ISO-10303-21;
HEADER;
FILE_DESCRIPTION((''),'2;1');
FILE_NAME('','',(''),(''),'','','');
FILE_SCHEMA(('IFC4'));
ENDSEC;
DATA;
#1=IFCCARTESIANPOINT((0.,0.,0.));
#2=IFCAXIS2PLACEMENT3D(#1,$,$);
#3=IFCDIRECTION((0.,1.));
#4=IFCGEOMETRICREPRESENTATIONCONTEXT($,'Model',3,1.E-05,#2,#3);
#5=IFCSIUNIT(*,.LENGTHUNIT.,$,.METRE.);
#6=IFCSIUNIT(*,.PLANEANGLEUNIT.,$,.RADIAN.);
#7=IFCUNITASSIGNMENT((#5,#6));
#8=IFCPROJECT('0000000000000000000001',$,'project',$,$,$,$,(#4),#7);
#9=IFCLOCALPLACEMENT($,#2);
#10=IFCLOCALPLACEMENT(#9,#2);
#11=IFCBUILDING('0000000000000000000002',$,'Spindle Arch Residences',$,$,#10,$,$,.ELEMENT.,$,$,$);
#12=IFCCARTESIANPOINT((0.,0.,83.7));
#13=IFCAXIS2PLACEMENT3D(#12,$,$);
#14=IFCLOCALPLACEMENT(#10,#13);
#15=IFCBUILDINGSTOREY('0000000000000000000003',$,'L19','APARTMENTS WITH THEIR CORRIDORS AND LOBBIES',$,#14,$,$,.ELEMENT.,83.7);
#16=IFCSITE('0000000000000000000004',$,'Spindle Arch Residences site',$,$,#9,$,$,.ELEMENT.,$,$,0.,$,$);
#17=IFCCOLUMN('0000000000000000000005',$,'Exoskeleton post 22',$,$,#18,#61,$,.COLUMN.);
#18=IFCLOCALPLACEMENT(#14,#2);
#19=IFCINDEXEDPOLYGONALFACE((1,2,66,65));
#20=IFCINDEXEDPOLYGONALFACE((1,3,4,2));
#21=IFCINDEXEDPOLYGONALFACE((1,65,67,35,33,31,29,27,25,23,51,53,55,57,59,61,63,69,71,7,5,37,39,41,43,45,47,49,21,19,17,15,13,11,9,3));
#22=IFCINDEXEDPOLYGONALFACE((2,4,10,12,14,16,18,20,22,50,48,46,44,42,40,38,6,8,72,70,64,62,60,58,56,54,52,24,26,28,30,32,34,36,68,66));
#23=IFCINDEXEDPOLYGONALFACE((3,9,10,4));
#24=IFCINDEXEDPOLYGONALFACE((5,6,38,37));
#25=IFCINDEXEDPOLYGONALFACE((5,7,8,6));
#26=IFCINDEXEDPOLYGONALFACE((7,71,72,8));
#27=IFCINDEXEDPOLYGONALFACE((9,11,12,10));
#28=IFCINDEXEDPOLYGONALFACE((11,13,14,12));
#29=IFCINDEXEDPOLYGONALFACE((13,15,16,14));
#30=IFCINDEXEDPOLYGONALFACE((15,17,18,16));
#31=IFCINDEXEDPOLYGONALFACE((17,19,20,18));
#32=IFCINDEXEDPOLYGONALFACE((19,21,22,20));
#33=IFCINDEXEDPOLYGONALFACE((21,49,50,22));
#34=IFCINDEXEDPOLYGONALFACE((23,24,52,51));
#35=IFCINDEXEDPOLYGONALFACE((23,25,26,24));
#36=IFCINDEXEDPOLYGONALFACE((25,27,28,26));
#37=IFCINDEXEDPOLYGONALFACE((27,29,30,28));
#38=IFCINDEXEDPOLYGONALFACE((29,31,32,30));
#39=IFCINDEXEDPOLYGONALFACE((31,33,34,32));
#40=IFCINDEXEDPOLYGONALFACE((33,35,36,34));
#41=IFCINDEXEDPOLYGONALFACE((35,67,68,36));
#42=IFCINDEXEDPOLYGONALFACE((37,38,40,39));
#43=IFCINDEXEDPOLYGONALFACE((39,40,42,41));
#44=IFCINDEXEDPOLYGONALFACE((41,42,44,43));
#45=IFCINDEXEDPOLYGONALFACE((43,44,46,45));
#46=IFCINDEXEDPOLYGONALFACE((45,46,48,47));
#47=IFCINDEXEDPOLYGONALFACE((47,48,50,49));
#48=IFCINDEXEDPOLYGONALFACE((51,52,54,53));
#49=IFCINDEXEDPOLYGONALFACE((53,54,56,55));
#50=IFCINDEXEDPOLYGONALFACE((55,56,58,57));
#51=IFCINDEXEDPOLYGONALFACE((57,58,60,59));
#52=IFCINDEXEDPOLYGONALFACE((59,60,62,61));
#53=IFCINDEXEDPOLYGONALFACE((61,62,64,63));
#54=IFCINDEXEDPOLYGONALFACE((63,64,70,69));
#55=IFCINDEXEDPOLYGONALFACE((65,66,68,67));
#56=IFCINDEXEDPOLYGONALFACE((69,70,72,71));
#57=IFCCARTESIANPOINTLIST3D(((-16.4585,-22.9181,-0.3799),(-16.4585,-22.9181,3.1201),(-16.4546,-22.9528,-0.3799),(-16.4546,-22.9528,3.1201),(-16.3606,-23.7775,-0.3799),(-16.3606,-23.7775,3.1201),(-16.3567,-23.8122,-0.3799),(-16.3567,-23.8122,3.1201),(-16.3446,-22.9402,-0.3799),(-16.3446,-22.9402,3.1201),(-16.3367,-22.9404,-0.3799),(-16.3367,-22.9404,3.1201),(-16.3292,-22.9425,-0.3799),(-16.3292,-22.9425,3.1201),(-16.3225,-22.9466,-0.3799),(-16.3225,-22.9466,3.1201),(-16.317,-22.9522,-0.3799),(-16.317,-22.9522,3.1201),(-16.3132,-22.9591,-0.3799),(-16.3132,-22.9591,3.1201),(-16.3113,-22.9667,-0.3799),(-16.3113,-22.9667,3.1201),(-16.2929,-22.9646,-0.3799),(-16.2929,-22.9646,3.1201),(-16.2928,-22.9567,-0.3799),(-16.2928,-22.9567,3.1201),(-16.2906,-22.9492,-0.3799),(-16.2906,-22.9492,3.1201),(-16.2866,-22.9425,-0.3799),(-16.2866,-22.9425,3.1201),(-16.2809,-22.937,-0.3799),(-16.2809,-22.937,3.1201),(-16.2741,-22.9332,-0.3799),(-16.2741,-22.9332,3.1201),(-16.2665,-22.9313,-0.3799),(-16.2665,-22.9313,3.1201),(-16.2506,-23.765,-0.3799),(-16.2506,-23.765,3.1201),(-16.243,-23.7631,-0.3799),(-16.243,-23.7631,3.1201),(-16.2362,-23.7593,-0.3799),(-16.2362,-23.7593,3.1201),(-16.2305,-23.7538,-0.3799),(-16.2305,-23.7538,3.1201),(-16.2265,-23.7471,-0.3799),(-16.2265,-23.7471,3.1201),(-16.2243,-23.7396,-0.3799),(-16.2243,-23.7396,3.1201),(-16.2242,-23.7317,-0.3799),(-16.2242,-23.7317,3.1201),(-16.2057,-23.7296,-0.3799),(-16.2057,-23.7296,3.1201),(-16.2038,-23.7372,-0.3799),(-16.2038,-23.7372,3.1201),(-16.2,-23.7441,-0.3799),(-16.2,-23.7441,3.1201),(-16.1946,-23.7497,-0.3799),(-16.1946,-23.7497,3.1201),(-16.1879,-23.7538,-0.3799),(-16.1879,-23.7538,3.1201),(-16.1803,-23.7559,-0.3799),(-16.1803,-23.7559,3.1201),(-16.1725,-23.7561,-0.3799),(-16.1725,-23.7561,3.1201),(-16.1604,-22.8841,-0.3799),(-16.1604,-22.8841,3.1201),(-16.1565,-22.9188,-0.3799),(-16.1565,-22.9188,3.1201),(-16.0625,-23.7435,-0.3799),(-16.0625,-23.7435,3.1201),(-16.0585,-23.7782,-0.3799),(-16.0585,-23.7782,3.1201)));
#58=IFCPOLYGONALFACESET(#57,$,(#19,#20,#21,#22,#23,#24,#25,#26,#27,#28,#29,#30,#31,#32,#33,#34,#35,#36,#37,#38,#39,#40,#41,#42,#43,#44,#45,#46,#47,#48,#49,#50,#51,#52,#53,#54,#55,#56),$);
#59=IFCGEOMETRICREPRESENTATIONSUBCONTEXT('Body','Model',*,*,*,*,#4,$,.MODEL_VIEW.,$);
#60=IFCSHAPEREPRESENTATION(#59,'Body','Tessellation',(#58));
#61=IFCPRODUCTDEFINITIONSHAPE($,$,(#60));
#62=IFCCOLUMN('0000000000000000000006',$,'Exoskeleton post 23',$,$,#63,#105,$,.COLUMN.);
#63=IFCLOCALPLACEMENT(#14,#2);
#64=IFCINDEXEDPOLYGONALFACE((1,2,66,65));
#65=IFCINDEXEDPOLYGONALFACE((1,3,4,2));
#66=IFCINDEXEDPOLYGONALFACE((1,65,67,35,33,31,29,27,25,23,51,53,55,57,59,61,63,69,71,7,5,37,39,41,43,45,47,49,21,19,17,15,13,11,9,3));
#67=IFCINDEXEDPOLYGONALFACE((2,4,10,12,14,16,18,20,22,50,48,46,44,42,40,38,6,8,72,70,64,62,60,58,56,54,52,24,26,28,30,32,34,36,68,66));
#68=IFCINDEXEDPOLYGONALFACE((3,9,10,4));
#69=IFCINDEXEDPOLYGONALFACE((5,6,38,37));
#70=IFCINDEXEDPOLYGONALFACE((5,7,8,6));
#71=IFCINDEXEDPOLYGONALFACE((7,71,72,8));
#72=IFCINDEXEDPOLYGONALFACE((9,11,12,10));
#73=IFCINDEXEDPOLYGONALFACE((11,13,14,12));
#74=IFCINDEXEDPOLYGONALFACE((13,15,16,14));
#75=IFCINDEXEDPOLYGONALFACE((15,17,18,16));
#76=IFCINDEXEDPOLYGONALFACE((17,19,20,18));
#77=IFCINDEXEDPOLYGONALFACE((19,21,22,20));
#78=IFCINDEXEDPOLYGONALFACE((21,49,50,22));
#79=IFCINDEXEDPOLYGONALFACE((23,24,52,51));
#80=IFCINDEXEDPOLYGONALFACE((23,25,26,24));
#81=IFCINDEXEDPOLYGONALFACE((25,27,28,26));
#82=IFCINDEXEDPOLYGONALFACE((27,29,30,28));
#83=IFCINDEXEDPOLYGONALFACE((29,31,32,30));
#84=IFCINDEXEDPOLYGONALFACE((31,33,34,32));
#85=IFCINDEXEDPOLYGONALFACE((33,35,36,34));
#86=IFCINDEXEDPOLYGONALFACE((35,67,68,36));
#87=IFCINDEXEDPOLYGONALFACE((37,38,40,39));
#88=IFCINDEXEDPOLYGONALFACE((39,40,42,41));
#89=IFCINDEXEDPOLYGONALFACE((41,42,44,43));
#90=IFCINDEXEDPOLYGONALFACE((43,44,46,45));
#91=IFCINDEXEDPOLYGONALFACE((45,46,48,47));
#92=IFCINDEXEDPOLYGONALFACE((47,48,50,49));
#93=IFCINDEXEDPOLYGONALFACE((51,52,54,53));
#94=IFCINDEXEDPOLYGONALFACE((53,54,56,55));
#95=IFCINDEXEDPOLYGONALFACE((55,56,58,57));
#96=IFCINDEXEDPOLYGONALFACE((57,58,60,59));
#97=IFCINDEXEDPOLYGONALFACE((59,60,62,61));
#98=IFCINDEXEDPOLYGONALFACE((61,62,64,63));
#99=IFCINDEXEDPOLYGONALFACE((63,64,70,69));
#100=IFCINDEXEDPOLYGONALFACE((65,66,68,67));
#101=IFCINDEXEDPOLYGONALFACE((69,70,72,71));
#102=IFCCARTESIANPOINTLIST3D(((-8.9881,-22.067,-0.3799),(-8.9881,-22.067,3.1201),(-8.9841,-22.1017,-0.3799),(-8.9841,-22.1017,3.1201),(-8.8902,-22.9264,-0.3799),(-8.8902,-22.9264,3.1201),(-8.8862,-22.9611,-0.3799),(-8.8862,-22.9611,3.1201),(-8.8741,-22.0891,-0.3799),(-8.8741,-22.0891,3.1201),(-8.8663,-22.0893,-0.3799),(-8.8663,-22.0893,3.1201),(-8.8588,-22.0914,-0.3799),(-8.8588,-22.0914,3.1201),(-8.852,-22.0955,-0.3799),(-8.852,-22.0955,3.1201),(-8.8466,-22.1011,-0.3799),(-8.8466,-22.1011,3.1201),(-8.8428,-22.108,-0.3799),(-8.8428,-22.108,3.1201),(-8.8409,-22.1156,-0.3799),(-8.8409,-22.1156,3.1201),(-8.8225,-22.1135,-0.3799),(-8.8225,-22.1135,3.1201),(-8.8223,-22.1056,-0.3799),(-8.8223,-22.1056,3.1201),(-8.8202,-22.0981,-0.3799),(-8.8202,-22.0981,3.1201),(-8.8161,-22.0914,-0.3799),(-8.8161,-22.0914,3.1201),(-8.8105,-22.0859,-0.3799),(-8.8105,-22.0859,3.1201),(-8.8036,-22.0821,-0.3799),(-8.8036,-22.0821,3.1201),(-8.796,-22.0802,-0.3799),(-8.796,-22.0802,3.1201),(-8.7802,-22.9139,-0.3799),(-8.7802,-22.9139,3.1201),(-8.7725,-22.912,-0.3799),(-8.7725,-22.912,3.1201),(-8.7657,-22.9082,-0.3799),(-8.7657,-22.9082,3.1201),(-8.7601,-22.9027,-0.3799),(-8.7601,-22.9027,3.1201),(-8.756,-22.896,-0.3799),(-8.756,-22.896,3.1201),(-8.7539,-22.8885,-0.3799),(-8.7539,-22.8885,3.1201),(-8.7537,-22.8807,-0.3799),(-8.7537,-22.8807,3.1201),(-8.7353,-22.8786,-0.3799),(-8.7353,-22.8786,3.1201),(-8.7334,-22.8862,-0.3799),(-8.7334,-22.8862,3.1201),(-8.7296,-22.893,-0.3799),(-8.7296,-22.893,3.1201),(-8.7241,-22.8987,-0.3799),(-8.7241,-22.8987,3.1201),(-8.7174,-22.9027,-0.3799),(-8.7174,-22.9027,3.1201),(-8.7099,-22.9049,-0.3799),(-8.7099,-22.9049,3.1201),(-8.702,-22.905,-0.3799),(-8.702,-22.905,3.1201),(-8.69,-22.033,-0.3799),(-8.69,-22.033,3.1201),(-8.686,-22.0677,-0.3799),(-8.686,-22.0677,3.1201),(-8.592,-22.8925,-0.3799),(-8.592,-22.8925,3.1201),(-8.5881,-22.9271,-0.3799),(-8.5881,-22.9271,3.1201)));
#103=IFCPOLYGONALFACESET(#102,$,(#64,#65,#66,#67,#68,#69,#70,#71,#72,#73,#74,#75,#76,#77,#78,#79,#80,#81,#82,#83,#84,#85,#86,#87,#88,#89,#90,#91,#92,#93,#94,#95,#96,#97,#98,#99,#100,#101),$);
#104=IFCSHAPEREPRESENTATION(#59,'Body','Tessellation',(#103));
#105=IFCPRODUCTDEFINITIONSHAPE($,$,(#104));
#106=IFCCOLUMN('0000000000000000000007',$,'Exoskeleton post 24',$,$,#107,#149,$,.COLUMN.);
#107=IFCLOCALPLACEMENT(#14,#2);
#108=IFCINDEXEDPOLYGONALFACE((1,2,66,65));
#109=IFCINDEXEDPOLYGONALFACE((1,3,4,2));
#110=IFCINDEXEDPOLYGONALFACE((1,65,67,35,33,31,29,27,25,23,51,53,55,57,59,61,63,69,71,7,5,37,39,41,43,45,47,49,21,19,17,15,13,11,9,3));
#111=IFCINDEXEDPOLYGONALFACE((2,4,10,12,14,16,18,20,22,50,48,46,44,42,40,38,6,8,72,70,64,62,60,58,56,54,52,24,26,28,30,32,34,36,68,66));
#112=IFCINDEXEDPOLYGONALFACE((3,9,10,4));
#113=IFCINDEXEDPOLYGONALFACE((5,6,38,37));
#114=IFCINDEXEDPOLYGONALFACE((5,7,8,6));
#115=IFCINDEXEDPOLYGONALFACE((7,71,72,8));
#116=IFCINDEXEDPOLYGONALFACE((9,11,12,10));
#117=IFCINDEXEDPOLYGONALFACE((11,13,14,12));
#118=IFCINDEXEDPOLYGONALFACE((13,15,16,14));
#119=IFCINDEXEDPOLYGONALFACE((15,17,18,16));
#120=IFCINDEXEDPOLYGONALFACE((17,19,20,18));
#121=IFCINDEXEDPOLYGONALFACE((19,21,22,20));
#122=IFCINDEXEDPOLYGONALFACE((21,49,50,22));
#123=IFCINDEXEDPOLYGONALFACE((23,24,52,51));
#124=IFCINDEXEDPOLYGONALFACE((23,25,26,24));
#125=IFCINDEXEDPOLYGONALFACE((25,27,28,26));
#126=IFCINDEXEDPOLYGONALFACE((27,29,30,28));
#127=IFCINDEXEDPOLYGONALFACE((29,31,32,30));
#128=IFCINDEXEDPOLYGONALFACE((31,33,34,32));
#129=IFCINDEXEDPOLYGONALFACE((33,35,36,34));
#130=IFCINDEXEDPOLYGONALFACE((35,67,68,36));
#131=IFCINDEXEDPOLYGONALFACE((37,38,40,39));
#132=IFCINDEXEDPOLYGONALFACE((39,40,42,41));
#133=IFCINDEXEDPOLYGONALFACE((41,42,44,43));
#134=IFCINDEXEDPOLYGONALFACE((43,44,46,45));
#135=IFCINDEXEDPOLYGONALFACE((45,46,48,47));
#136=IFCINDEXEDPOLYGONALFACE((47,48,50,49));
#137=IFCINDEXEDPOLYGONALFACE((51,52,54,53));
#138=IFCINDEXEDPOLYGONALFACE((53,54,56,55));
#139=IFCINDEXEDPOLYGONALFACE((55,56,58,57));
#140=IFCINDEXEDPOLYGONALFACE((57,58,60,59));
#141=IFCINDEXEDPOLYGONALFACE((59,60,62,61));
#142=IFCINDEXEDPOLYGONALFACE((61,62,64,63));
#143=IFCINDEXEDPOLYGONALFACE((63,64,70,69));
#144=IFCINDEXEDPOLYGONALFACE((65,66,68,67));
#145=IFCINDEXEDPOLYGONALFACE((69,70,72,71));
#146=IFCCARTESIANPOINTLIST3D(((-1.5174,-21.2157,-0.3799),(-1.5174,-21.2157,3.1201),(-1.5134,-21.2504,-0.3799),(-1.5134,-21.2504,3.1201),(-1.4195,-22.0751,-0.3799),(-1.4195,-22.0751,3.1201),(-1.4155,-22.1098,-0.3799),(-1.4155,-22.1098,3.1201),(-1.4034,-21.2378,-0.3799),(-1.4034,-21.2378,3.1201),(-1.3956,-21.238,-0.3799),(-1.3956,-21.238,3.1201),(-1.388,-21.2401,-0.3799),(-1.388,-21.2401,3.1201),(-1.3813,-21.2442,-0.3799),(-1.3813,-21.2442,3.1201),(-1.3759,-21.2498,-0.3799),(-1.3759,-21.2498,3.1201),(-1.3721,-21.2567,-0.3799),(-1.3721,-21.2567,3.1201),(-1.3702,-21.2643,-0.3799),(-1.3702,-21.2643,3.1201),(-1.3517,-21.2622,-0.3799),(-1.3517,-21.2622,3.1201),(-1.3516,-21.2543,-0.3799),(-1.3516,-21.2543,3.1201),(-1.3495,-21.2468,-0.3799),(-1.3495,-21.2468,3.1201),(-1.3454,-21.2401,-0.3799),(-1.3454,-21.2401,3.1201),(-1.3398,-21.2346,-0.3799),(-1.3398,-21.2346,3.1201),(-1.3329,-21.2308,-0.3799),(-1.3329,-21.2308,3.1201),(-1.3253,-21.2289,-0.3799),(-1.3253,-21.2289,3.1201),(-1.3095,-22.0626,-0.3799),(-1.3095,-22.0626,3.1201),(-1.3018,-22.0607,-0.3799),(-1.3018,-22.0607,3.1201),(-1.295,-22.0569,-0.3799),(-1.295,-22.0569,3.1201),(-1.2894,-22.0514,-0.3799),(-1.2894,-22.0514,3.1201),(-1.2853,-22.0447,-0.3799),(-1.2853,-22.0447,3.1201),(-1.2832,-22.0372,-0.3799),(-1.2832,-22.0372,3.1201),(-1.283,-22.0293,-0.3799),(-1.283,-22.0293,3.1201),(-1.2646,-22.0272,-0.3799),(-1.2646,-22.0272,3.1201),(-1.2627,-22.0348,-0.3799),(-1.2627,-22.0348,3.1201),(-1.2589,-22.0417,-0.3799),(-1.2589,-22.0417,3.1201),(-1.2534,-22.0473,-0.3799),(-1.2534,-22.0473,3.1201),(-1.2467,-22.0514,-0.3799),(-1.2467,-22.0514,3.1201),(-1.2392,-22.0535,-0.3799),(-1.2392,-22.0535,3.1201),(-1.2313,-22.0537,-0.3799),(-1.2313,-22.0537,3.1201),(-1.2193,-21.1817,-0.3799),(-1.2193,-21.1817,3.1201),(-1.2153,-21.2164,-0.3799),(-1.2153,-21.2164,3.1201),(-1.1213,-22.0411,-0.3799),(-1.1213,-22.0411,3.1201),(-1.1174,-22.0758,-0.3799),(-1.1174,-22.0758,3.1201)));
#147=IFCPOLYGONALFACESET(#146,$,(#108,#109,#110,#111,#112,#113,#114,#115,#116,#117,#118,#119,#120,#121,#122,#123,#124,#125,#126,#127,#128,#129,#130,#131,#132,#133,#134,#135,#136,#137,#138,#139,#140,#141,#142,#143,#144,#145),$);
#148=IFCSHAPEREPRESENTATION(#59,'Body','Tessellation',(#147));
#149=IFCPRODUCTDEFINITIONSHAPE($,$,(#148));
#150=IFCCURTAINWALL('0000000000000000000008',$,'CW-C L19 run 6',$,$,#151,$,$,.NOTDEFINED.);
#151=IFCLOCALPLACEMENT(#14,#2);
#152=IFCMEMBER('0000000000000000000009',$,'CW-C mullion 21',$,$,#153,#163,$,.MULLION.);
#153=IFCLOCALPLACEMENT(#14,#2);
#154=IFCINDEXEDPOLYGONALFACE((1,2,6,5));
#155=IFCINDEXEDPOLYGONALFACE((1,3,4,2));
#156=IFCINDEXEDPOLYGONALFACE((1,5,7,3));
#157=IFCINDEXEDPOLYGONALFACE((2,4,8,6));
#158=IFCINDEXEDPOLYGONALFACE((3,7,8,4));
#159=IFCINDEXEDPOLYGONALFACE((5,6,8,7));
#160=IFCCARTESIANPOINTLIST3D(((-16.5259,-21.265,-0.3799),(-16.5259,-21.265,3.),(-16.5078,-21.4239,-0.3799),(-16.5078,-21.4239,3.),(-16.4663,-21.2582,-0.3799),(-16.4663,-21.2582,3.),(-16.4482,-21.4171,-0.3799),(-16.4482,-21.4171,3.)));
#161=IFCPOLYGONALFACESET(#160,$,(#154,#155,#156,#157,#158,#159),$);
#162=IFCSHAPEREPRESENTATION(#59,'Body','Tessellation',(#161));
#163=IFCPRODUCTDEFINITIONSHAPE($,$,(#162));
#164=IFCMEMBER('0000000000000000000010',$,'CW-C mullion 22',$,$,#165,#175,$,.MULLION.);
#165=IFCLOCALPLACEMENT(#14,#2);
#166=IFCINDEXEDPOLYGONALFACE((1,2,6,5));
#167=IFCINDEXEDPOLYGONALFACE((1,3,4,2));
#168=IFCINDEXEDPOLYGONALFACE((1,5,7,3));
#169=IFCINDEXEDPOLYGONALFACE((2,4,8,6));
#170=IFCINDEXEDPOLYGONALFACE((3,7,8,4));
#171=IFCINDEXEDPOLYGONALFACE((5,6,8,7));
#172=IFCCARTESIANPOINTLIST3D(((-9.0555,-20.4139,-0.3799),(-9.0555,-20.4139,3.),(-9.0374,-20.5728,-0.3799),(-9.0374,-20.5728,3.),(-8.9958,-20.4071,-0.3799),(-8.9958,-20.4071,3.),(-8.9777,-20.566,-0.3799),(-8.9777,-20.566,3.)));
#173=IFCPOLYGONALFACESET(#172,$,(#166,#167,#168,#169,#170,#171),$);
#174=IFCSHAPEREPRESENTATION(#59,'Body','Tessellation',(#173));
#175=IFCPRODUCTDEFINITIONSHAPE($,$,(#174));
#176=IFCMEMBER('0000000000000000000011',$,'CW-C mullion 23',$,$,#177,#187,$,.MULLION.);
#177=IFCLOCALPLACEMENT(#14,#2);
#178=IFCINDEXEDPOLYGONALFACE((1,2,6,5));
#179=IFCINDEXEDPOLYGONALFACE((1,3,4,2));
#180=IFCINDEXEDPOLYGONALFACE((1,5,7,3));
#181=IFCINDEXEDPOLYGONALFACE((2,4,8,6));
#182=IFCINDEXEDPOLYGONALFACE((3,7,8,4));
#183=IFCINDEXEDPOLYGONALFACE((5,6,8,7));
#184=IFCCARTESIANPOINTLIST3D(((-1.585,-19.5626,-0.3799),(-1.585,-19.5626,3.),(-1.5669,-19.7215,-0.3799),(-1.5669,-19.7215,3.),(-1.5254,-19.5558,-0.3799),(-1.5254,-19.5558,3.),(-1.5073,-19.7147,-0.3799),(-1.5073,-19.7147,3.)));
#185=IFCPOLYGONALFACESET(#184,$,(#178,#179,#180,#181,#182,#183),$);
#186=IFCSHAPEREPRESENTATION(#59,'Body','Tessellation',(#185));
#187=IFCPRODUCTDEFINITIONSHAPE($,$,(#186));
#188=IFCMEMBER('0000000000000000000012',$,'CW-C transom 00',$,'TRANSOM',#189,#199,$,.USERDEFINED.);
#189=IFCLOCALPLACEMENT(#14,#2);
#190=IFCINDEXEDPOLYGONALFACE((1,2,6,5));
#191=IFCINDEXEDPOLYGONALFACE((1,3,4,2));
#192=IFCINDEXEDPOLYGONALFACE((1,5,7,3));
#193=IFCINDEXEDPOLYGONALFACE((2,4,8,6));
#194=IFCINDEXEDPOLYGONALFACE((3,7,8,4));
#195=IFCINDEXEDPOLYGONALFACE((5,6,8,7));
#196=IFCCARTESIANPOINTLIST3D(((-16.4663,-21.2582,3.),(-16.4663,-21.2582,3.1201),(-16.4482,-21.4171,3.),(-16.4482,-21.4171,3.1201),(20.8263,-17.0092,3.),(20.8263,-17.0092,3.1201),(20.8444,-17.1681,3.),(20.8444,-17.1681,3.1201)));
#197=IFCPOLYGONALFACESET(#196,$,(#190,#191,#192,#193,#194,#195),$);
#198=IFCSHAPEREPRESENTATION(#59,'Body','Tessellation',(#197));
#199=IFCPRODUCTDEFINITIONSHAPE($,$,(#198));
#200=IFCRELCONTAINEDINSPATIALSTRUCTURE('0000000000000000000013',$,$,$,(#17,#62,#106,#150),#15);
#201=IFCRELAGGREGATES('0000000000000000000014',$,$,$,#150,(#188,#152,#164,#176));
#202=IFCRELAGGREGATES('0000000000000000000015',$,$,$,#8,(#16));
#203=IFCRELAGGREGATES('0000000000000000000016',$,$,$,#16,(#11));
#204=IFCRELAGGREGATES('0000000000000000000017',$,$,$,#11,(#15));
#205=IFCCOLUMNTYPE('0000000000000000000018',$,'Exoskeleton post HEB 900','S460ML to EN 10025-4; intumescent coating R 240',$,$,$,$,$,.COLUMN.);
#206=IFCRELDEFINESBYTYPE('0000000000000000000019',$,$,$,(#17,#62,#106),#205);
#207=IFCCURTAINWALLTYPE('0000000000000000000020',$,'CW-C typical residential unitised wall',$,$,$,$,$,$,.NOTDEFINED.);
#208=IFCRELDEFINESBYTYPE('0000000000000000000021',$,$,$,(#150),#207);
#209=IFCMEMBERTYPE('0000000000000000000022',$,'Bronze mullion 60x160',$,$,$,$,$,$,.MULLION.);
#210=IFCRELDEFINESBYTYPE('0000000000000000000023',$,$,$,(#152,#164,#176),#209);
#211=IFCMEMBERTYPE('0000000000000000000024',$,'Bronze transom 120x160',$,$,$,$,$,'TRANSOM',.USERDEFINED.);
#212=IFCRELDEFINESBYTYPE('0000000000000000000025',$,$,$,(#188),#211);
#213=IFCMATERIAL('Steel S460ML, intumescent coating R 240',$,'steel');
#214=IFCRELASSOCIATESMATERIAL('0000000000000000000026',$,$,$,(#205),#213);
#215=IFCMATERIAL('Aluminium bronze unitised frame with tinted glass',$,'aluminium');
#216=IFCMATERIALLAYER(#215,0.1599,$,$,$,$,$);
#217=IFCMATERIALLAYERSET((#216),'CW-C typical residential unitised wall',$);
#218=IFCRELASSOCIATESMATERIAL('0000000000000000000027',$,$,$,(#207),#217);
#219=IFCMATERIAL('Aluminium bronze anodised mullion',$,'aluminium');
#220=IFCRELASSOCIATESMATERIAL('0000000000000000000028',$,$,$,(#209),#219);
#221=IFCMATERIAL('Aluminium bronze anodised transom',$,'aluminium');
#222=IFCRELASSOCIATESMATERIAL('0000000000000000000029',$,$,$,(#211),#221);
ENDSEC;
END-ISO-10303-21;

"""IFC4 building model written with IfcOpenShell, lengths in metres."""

from ifc_helpers import new_model, si_unit, direction, frame, origin, origin_2d, place, context, subcontext, project, spatial, rectangle, i_section, extrude, material, layer, layer_set, material_profile, profile_set, type_object, element, aggregate, save


model = new_model("IFC4")

# Units and contexts
model_context = context("Model", 3, precision=1e-05, world=origin(), true_north=direction((0.0, 1.0)))
body_context = subcontext(model_context, "Body", "Model", "MODEL_VIEW")
ifc_project = project(units=[si_unit("LENGTHUNIT", "METRE"), si_unit("PLANEANGLEUNIT", "RADIAN")], contexts=[model_context])

# Site, building, storey
site_placement = place(None, origin())
site = spatial("IfcSite", under=ifc_project, at=site_placement, Name="Spindle Arch Residences site", CompositionType="ELEMENT", RefElevation=0.0)
building_placement = place(site_placement, origin())
building = spatial("IfcBuilding", under=site, at=building_placement, Name="Spindle Arch Residences", CompositionType="ELEMENT")
storey_placement = place(building_placement, frame((0.0, 0.0, 83.7)))
storey = spatial("IfcBuildingStorey", under=building, at=storey_placement, Name="L19", Description="APARTMENTS WITH THEIR CORRIDORS AND LOBBIES", CompositionType="ELEMENT", Elevation=83.7)

# Columns
ifc_material_1 = material(Name="Steel S460ML, intumescent coating R 240", Category="steel")
ifc_material_profile_1 = material_profile(ifc_material_1, i_section(OverallWidth=0.3, OverallDepth=0.8999, WebThickness=0.0186, FlangeThickness=0.0349, FilletRadius=0.03, at=origin_2d()), Name="HEB 900")
ifc_profile_set_1 = profile_set([ifc_material_profile_1], Name="Steel S460ML, intumescent coating R 240")
column_type = type_object("IfcColumnType", Name="Exoskeleton post HEB 900", Description="S460ML to EN 10025-4; intumescent coating R 240", PredefinedType="COLUMN", material=ifc_profile_set_1)
for number, where, z_axis, x_axis, name in (
    (1, (-16.2585, -23.3481, -0.3799), (0.0, 0.0, 1.0), (-0.993572, -0.113203, 0.0), "Exoskeleton post 22"),
    (2, (-8.7881, -22.4971, -0.3799), (0.0, 0.0, 1.0), (-0.993572, -0.113203, 0.0), "Exoskeleton post 23"),
    (3, (-1.3174, -21.6458, -0.3799), (0.0, 0.0, 1.0), (-0.993572, -0.113203, 0.0), "Exoskeleton post 24"),
):
    element("IfcColumn", number, at=place(storey_placement, frame(where, z_axis=z_axis, x_axis=x_axis)), inside=storey, type_object=column_type, Name=name, PredefinedType="COLUMN", context=body_context, shape_type="SweptSolid", body=[
        extrude(i_section(OverallWidth=0.3, OverallDepth=0.8999, WebThickness=0.0186, FlangeThickness=0.0349, FilletRadius=0.03, at=origin_2d()), origin(), (0.0, 0.0, 1.0), 3.5),
    ])

# Curtain wall, members
ifc_material_2 = material(Name="Aluminium bronze unitised frame with tinted glass", Category="aluminium")
ifc_layer_1 = layer(ifc_material_2, 0.1599)
ifc_layer_set_1 = layer_set([ifc_layer_1], Name="CW-C typical residential unitised wall")
curtain_wall_type = type_object("IfcCurtainWallType", Name="CW-C typical residential unitised wall", PredefinedType="NOTDEFINED", material=ifc_layer_set_1)
curtain_wall_placement = place(storey_placement, origin())
curtain_wall = element("IfcCurtainWall", 4, at=curtain_wall_placement, inside=storey, type_object=curtain_wall_type, Name="CW-C L19 run 6", PredefinedType="NOTDEFINED")
ifc_material_3 = material(Name="Aluminium bronze anodised mullion", Category="aluminium")
ifc_material_profile_2 = material_profile(ifc_material_3, rectangle(XDim=0.1599, YDim=0.0601, at=origin_2d()), Name="MU 60x160")
ifc_profile_set_2 = profile_set([ifc_material_profile_2], Name="Aluminium bronze anodised mullion")
member_type_1 = type_object("IfcMemberType", Name="Bronze mullion 60x160", PredefinedType="MULLION", material=ifc_profile_set_2)
member_1_placement = place(storey_placement, frame((-16.4871, -21.3411, -0.3799), z_axis=(0.0, 0.0, 1.0), x_axis=(-0.113203, 0.993572, 0.0)))
member_1 = element("IfcMember", 5, at=member_1_placement, type_object=member_type_1, Name="CW-C mullion 21", PredefinedType="MULLION", context=body_context, shape_type="SweptSolid", body=[
    extrude(rectangle(XDim=0.1599, YDim=0.0601, at=origin_2d()), origin(), (0.0, 0.0, 1.0), 3.3799),
])
member_2_placement = place(storey_placement, frame((-9.0166, -20.49, -0.3799), z_axis=(0.0, 0.0, 1.0), x_axis=(-0.113203, 0.993572, 0.0)))
member_2 = element("IfcMember", 6, at=member_2_placement, type_object=member_type_1, Name="CW-C mullion 22", PredefinedType="MULLION", context=body_context, shape_type="SweptSolid", body=[
    extrude(rectangle(XDim=0.1599, YDim=0.0601, at=origin_2d()), origin(), (0.0, 0.0, 1.0), 3.3799),
])
member_3_placement = place(storey_placement, frame((-1.5461, -19.6387, -0.3799), z_axis=(0.0, 0.0, 1.0), x_axis=(-0.113203, 0.993572, 0.0)))
member_3 = element("IfcMember", 7, at=member_3_placement, type_object=member_type_1, Name="CW-C mullion 23", PredefinedType="MULLION", context=body_context, shape_type="SweptSolid", body=[
    extrude(rectangle(XDim=0.1599, YDim=0.0601, at=origin_2d()), origin(), (0.0, 0.0, 1.0), 3.3799),
])
ifc_material_4 = material(Name="Aluminium bronze anodised transom", Category="aluminium")
ifc_material_profile_3 = material_profile(ifc_material_4, rectangle(XDim=0.1599, YDim=0.1201, at=origin_2d()), Name="TR 120x160")
ifc_profile_set_3 = profile_set([ifc_material_profile_3], Name="Aluminium bronze anodised transom")
member_type_2 = type_object("IfcMemberType", Name="Bronze transom 120x160", ElementType="TRANSOM", PredefinedType="USERDEFINED", material=ifc_profile_set_3)
member_4_placement = place(storey_placement, frame((-16.4573, -21.3376, 3.0601), z_axis=(0.993572, 0.113205, 0.0), x_axis=(-0.113205, 0.993572, 0.0)))
member_4 = element("IfcMember", 8, at=member_4_placement, type_object=member_type_2, Name="CW-C transom 00", ObjectType="TRANSOM", PredefinedType="USERDEFINED", context=body_context, shape_type="SweptSolid", body=[
    extrude(rectangle(XDim=0.1599, YDim=0.1201, at=origin_2d()), origin(), (0.0, 0.0, 1.0), 37.5339),
])

aggregate(curtain_wall, [member_4, member_1, member_2, member_3])

save(model, "model.ifc")
